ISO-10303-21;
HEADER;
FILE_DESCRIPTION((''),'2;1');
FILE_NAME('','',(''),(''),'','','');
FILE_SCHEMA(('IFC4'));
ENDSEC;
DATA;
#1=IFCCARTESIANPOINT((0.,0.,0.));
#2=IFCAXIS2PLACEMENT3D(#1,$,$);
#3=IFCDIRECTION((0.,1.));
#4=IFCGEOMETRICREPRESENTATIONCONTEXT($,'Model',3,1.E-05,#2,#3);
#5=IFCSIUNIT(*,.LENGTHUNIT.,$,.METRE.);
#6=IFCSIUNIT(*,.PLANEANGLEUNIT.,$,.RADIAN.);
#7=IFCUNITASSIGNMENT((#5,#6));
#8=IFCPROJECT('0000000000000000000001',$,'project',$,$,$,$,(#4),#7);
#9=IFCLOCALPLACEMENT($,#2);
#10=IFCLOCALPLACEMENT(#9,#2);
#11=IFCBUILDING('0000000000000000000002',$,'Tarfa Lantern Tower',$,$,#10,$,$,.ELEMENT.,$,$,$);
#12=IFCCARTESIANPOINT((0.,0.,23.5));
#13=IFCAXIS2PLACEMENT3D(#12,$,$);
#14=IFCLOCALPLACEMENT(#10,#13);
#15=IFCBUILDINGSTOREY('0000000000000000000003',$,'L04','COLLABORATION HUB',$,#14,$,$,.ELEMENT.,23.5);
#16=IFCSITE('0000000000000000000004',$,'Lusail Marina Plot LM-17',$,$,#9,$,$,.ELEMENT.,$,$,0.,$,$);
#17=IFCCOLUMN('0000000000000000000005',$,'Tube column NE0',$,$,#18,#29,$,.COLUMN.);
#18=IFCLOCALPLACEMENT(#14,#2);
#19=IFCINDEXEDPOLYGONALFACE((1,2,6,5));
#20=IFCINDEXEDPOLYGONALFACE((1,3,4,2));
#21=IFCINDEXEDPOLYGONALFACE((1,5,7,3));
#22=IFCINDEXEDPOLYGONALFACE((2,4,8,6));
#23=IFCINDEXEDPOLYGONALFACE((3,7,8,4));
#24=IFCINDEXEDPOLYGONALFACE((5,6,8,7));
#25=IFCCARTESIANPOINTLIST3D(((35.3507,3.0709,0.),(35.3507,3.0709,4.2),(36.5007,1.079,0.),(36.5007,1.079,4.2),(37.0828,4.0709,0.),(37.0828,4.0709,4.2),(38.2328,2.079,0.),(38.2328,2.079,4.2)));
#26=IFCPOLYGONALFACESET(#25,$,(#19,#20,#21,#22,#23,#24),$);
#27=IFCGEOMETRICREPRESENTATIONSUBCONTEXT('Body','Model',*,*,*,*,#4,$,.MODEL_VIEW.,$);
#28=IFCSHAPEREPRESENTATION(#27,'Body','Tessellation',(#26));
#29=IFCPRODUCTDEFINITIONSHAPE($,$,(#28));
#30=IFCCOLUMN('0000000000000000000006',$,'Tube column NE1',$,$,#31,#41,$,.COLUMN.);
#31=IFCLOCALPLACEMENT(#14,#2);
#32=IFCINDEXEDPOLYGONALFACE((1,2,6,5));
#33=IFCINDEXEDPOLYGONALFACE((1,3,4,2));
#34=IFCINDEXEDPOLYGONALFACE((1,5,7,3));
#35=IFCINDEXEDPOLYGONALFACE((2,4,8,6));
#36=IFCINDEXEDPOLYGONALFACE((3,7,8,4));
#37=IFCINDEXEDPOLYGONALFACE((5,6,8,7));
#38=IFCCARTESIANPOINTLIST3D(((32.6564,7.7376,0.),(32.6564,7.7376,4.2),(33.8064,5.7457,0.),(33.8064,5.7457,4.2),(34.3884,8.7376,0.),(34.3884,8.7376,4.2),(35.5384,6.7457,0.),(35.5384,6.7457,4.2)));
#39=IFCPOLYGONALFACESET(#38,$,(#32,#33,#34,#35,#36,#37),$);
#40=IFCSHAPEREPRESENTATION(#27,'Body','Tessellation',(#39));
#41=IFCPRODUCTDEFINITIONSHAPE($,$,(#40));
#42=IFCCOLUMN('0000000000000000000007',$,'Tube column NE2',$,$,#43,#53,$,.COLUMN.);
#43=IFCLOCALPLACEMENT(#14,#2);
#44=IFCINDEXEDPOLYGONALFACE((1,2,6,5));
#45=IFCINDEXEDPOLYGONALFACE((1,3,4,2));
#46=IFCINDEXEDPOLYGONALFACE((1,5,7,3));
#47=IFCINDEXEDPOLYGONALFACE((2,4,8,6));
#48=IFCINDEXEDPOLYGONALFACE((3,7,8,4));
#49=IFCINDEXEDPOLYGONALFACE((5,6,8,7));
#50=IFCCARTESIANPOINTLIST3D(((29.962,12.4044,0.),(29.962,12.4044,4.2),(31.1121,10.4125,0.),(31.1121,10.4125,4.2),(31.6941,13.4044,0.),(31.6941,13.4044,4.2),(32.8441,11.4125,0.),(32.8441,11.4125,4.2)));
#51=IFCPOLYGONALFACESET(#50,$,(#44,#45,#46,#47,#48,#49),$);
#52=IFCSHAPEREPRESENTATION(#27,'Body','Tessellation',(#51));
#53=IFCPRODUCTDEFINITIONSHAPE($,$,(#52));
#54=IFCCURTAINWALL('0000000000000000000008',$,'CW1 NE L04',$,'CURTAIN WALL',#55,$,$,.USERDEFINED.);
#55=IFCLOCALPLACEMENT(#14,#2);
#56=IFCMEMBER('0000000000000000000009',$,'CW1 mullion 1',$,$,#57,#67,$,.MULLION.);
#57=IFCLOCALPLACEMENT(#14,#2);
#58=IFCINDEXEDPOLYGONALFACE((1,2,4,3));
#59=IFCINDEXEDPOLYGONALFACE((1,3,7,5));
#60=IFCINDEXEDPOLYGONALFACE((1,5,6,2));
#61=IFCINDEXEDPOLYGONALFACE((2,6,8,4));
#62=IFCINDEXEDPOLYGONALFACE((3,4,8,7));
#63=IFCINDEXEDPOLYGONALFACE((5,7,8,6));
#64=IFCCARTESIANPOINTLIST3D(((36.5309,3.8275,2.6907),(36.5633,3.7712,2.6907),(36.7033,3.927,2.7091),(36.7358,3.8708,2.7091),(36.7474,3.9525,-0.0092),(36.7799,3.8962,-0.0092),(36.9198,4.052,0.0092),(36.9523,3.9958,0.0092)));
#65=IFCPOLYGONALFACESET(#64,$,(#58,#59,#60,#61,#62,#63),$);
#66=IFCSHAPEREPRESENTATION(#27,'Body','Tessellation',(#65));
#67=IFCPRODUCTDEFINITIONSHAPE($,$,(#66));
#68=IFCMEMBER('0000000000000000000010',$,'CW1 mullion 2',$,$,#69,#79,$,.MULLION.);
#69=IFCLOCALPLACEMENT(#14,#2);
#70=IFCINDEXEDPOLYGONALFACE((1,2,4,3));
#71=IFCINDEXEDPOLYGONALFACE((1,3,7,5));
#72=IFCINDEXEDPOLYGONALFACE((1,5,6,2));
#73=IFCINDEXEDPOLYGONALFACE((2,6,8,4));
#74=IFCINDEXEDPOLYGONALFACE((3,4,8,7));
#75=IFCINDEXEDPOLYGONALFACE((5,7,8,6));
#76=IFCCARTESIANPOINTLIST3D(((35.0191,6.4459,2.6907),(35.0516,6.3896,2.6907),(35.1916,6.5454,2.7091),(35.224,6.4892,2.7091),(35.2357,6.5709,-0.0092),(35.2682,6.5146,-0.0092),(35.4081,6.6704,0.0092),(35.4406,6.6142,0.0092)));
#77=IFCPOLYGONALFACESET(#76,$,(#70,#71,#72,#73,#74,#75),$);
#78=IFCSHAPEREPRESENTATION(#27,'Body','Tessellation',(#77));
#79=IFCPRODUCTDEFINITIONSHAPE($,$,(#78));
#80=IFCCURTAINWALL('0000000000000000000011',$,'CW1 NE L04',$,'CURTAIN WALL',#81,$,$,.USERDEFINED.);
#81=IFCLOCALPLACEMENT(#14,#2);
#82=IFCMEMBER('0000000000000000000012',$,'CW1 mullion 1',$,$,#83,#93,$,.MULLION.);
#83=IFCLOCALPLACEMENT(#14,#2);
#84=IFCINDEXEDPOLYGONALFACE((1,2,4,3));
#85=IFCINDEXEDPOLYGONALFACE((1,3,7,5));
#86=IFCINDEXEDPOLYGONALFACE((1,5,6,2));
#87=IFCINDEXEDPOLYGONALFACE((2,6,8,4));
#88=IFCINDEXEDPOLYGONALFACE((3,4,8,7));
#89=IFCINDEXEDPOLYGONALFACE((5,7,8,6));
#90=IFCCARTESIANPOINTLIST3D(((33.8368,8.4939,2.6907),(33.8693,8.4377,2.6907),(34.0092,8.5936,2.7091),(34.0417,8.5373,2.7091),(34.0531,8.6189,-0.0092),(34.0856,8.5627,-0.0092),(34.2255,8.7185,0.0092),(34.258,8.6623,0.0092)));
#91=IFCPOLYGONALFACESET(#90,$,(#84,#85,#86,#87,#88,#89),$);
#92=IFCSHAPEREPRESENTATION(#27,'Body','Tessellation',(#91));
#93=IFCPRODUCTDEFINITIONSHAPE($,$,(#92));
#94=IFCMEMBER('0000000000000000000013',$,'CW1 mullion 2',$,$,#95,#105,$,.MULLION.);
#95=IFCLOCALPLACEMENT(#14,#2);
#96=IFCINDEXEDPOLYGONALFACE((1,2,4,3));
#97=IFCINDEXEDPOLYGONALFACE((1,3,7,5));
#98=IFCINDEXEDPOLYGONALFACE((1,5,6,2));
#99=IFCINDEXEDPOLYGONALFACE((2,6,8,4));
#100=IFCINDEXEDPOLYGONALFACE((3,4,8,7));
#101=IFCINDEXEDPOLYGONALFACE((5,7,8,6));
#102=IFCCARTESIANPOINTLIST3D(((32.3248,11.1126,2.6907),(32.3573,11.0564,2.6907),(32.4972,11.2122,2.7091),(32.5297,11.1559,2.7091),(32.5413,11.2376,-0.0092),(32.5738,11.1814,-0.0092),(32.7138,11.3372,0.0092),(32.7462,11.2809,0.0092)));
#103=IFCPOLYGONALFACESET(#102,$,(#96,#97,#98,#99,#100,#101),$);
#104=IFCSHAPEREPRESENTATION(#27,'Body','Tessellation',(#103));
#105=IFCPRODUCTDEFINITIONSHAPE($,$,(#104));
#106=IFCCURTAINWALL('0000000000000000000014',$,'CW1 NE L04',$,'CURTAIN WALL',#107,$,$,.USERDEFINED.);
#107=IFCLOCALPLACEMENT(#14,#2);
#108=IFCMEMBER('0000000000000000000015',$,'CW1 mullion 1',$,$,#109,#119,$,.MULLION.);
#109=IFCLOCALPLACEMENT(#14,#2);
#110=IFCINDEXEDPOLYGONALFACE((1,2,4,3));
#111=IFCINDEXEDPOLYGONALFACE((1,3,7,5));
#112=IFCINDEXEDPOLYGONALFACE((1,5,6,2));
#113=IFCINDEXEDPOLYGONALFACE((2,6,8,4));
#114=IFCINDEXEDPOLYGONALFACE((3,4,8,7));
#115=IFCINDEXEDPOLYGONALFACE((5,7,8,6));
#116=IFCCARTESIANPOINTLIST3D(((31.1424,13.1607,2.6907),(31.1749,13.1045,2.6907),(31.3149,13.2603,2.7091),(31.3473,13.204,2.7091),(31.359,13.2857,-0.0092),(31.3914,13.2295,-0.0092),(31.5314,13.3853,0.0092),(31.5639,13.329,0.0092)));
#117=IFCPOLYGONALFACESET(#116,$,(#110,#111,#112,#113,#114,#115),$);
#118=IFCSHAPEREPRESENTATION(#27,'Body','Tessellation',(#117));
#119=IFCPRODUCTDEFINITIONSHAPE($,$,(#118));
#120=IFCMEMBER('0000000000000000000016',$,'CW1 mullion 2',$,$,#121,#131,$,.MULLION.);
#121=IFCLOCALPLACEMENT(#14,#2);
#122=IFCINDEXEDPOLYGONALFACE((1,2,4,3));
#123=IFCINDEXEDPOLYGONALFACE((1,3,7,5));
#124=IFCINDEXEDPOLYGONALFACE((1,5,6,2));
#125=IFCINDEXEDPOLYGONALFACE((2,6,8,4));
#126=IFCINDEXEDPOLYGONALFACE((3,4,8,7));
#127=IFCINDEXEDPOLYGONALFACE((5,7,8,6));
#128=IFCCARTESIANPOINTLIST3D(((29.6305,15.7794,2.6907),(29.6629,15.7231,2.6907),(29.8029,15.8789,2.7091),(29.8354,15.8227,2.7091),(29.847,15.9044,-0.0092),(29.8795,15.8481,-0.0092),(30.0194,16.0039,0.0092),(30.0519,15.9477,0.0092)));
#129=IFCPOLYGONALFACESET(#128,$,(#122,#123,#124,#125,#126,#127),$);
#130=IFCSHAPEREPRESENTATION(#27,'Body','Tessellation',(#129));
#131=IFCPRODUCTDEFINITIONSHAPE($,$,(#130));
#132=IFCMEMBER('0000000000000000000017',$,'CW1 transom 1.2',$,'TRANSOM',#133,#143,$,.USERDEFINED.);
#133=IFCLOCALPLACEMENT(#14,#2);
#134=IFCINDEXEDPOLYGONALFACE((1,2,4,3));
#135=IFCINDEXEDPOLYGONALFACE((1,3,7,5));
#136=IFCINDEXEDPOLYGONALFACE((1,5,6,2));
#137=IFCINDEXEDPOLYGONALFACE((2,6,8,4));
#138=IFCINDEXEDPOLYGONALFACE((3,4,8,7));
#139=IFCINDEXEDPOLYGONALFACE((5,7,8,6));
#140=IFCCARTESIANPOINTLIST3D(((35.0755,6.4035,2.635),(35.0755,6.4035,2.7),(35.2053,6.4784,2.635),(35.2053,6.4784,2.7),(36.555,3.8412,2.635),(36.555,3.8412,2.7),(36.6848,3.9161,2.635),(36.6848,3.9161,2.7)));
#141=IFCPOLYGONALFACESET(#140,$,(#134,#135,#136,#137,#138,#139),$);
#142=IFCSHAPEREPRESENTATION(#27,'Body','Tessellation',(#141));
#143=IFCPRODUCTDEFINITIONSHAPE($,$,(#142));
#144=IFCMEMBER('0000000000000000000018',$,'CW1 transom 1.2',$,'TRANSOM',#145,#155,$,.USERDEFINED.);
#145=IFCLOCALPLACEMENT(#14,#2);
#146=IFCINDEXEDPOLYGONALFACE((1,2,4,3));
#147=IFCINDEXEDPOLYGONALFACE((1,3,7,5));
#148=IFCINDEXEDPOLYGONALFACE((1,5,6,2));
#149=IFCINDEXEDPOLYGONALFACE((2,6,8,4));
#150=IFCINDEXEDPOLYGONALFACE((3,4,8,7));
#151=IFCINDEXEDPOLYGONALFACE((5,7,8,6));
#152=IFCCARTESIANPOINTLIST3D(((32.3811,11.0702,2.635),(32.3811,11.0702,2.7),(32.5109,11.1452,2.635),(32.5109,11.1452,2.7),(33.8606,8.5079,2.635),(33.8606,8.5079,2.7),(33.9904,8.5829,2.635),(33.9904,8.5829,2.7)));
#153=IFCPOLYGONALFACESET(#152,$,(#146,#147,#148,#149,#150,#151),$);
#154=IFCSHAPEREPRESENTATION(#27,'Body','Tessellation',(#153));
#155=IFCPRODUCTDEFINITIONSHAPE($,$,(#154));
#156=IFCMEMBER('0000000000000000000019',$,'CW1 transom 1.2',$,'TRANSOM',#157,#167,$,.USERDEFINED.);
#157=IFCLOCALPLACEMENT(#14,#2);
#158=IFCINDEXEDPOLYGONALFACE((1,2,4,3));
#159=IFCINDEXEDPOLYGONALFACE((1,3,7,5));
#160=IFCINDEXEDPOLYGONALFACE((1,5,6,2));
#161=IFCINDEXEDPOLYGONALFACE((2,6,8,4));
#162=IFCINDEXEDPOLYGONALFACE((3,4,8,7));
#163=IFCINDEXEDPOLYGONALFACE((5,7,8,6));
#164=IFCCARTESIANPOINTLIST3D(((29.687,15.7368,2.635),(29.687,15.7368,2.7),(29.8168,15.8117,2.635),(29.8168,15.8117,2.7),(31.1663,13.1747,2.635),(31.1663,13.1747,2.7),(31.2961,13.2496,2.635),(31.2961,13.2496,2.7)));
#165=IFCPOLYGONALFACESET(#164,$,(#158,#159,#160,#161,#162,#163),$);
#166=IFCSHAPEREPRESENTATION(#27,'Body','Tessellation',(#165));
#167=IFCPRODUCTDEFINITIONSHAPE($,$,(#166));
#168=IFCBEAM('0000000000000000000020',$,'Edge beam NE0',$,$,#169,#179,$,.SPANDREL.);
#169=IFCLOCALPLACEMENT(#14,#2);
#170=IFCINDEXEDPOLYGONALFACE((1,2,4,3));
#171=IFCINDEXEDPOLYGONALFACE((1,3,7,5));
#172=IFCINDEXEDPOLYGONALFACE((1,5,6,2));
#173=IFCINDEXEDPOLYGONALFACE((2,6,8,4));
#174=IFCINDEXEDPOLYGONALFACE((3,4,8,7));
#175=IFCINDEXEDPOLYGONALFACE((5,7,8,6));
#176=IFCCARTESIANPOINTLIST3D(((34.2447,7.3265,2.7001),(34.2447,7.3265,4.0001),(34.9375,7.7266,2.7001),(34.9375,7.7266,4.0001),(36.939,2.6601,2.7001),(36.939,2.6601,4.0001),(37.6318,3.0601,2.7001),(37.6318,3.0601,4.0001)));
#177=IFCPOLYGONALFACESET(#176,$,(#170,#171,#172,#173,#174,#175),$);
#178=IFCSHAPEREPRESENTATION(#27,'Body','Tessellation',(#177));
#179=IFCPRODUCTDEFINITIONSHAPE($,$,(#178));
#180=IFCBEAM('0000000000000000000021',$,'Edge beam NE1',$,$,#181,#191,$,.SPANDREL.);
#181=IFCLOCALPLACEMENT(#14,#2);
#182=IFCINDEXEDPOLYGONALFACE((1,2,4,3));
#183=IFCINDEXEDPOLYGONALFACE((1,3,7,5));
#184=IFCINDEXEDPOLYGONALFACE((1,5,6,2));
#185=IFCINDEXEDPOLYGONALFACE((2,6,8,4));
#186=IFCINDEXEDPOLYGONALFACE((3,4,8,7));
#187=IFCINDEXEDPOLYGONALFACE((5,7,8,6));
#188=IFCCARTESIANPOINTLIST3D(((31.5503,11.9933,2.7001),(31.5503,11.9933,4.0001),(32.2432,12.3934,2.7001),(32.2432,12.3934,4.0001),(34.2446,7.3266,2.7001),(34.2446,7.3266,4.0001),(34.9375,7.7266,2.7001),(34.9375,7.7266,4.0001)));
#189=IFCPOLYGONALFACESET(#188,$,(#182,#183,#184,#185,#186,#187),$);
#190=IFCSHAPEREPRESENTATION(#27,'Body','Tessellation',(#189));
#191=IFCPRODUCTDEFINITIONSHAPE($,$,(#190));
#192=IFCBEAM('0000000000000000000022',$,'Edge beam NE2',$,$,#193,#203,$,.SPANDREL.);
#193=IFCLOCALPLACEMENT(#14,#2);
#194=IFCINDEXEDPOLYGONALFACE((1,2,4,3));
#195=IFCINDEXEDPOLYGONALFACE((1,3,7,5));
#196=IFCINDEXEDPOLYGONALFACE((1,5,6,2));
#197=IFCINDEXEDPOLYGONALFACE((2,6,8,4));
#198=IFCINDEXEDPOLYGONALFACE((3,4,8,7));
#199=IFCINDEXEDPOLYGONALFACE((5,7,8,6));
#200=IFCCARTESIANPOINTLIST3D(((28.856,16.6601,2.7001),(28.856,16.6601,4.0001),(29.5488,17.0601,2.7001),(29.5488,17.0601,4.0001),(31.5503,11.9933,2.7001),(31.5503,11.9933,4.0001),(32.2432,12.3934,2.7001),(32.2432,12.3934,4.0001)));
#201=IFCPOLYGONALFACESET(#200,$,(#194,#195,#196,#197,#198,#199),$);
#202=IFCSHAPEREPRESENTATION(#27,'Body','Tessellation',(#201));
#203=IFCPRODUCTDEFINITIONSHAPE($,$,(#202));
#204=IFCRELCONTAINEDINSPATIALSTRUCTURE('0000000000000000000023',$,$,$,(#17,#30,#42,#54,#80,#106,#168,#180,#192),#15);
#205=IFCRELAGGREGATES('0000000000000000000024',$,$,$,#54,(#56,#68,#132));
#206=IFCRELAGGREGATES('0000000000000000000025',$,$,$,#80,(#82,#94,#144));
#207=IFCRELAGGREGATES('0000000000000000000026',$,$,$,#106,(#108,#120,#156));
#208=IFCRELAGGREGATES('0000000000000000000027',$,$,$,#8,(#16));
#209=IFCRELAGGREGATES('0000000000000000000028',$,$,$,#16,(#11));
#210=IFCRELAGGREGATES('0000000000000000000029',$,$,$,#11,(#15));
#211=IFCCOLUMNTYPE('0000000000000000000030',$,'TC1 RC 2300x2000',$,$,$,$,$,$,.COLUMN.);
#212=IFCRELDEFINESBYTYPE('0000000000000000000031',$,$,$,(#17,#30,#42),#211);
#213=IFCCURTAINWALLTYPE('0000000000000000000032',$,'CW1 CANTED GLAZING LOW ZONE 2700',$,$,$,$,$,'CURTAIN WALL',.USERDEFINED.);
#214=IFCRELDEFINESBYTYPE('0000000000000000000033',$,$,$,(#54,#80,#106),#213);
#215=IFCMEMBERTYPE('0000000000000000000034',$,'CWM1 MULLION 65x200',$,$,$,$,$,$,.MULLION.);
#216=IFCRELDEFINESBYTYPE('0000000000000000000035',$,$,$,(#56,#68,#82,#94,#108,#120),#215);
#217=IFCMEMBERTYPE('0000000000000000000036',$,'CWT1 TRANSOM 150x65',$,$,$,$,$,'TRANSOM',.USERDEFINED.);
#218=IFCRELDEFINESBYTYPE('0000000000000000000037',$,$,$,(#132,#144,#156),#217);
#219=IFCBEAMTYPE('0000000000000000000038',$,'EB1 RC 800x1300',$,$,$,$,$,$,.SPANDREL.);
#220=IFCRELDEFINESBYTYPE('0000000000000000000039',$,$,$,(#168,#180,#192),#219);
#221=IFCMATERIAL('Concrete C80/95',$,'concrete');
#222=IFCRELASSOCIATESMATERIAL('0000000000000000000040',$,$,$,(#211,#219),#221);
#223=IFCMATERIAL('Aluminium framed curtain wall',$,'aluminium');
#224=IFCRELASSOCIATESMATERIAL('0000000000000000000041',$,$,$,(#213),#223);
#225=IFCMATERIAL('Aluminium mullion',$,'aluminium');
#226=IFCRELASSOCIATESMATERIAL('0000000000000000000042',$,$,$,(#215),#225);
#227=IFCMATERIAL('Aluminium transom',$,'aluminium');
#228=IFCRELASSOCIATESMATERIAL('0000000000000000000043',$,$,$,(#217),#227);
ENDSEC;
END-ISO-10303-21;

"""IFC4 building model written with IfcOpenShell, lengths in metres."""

from ifc_helpers import new_model, si_unit, direction, frame, origin, origin_2d, place, context, subcontext, project, spatial, rectangle, extrude, material, material_profile, profile_set, type_object, element, aggregate, save


model = new_model("IFC4")

# Units and contexts
model_context = context("Model", 3, precision=1e-05, world=origin(), true_north=direction((0.0, 1.0)))
body_context = subcontext(model_context, "Body", "Model", "MODEL_VIEW")
ifc_project = project(units=[si_unit("LENGTHUNIT", "METRE"), si_unit("PLANEANGLEUNIT", "RADIAN")], contexts=[model_context])

# Site, building, storey
site_placement = place(None, origin())
site = spatial("IfcSite", under=ifc_project, at=site_placement, Name="Lusail Marina Plot LM-17", CompositionType="ELEMENT", RefElevation=0.0)
building_placement = place(site_placement, origin())
building = spatial("IfcBuilding", under=site, at=building_placement, Name="Tarfa Lantern Tower", CompositionType="ELEMENT")
storey_placement = place(building_placement, frame((0.0, 0.0, 23.5)))
storey = spatial("IfcBuildingStorey", under=building, at=storey_placement, Name="L04", Description="COLLABORATION HUB", CompositionType="ELEMENT", Elevation=23.5)

# Columns
ifc_material_1 = material(Name="Concrete C80/95", Category="concrete")
ifc_material_profile_1 = material_profile(ifc_material_1, rectangle(XDim=2.3, YDim=2.0, at=origin_2d()), Name="RC 2300x2000")
ifc_profile_set_1 = profile_set([ifc_material_profile_1], Name="Concrete C80/95")
column_type = type_object("IfcColumnType", Name="TC1 RC 2300x2000", PredefinedType="COLUMN", material=ifc_profile_set_1)
for number, where, z_axis, x_axis, name in (
    (1, (36.7917, 2.575, 0.0), (0.0, 0.0, 1.0), (-0.5, 0.866025, 0.0), "Tube column NE0"),
    (2, (34.0974, 7.2417, 0.0), (0.0, 0.0, 1.0), (-0.5, 0.866025, 0.0), "Tube column NE1"),
    (3, (31.4031, 11.9084, 0.0), (0.0, 0.0, 1.0), (-0.5, 0.866025, 0.0), "Tube column NE2"),
):
    element("IfcColumn", number, at=place(storey_placement, frame(where, z_axis=z_axis, x_axis=x_axis)), inside=storey, type_object=column_type, Name=name, PredefinedType="COLUMN", context=body_context, shape_type="SweptSolid", body=[
        extrude(rectangle(XDim=2.3, YDim=2.0, at=origin_2d()), origin(), (0.0, 0.0, 1.0), 4.2),
    ])

# Curtain walls, members
ifc_material_2 = material(Name="Aluminium framed curtain wall", Category="aluminium")
curtain_wall_type = type_object("IfcCurtainWallType", Name="CW1 CANTED GLAZING LOW ZONE 2700", ElementType="CURTAIN WALL", PredefinedType="USERDEFINED", material=ifc_material_2)
curtain_wall_1_placement = place(storey_placement, origin())
curtain_wall_1 = element("IfcCurtainWall", 4, at=curtain_wall_1_placement, inside=storey, type_object=curtain_wall_type, Name="CW1 NE L04", ObjectType="CURTAIN WALL", PredefinedType="USERDEFINED")
ifc_material_3 = material(Name="Aluminium mullion", Category="aluminium")
ifc_material_profile_2 = material_profile(ifc_material_3, rectangle(XDim=0.0649, YDim=0.2, at=origin_2d()), Name="AL MULLION 65x200")
ifc_profile_set_2 = profile_set([ifc_material_profile_2], Name="Aluminium mullion")
member_type_1 = type_object("IfcMemberType", Name="CWM1 MULLION 65x200", PredefinedType="MULLION", material=ifc_profile_set_2)
member_1_placement = place(storey_placement, frame((36.8499, 3.9741, 0.0), z_axis=(-0.079864, -0.0461, 0.995739), x_axis=(0.49992, -0.866072, 0.0)))
member_1 = element("IfcMember", 5, at=member_1_placement, type_object=member_type_1, Name="CW1 mullion 1", PredefinedType="MULLION", context=body_context, shape_type="SweptSolid", body=[
    extrude(rectangle(XDim=0.0649, YDim=0.2, at=origin_2d()), origin(), (0.0, 0.0, 1.0), 2.7114),
])
member_2_placement = place(storey_placement, frame((35.3381, 6.5925, 0.0), z_axis=(-0.079864, -0.0461, 0.995739), x_axis=(0.49992, -0.866072, 0.0)))
member_2 = element("IfcMember", 6, at=member_2_placement, type_object=member_type_1, Name="CW1 mullion 2", PredefinedType="MULLION", context=body_context, shape_type="SweptSolid", body=[
    extrude(rectangle(XDim=0.0649, YDim=0.2, at=origin_2d()), origin(), (0.0, 0.0, 1.0), 2.7114),
])
curtain_wall_2_placement = place(storey_placement, origin())
curtain_wall_2 = element("IfcCurtainWall", 7, at=curtain_wall_2_placement, inside=storey, type_object=curtain_wall_type, Name="CW1 NE L04", ObjectType="CURTAIN WALL", PredefinedType="USERDEFINED")
member_3_placement = place(storey_placement, frame((34.1555, 8.6406, 0.0), z_axis=(-0.079775, -0.0461, 0.995746), x_axis=(0.500343, -0.865827, 0.0)))
member_3 = element("IfcMember", 8, at=member_3_placement, type_object=member_type_1, Name="CW1 mullion 1", PredefinedType="MULLION", context=body_context, shape_type="SweptSolid", body=[
    extrude(rectangle(XDim=0.0649, YDim=0.2, at=origin_2d()), origin(), (0.0, 0.0, 1.0), 2.7114),
])
member_4_placement = place(storey_placement, frame((32.6438, 11.2593, 0.0), z_axis=(-0.079864, -0.0461, 0.995739), x_axis=(0.49992, -0.866072, 0.0)))
member_4 = element("IfcMember", 9, at=member_4_placement, type_object=member_type_1, Name="CW1 mullion 2", PredefinedType="MULLION", context=body_context, shape_type="SweptSolid", body=[
    extrude(rectangle(XDim=0.0649, YDim=0.2, at=origin_2d()), origin(), (0.0, 0.0, 1.0), 2.7114),
])
curtain_wall_3_placement = place(storey_placement, origin())
curtain_wall_3 = element("IfcCurtainWall", 10, at=curtain_wall_3_placement, inside=storey, type_object=curtain_wall_type, Name="CW1 NE L04", ObjectType="CURTAIN WALL", PredefinedType="USERDEFINED")
member_5_placement = place(storey_placement, frame((31.4614, 13.3074, 0.0), z_axis=(-0.079864, -0.0461, 0.995739), x_axis=(0.49992, -0.866072, 0.0)))
member_5 = element("IfcMember", 11, at=member_5_placement, type_object=member_type_1, Name="CW1 mullion 1", PredefinedType="MULLION", context=body_context, shape_type="SweptSolid", body=[
    extrude(rectangle(XDim=0.0649, YDim=0.2, at=origin_2d()), origin(), (0.0, 0.0, 1.0), 2.7114),
])
member_6_placement = place(storey_placement, frame((29.9495, 15.926, 0.0), z_axis=(-0.079864, -0.0461, 0.995739), x_axis=(0.49992, -0.866072, 0.0)))
member_6 = element("IfcMember", 12, at=member_6_placement, type_object=member_type_1, Name="CW1 mullion 2", PredefinedType="MULLION", context=body_context, shape_type="SweptSolid", body=[
    extrude(rectangle(XDim=0.0649, YDim=0.2, at=origin_2d()), origin(), (0.0, 0.0, 1.0), 2.7114),
])

# Members
ifc_material_4 = material(Name="Aluminium transom", Category="aluminium")
ifc_material_profile_3 = material_profile(ifc_material_4, rectangle(XDim=0.1499, YDim=0.0649, at=origin_2d()), Name="AL TRANSOM 150x65")
ifc_profile_set_3 = profile_set([ifc_material_profile_3], Name="Aluminium transom")
member_type_2 = type_object("IfcMemberType", Name="CWT1 TRANSOM 150x65", ElementType="TRANSOM", PredefinedType="USERDEFINED", material=ifc_profile_set_3)
member_7_placement = place(storey_placement, frame((36.6199, 3.8787, 2.6675), z_axis=(-0.500044, 0.866, 0.0), x_axis=(-0.866, -0.500044, 0.0)))
member_7 = element("IfcMember", 13, at=member_7_placement, type_object=member_type_2, Name="CW1 transom 1.2", ObjectType="TRANSOM", PredefinedType="USERDEFINED", context=body_context, shape_type="SweptSolid", body=[
    extrude(rectangle(XDim=0.1499, YDim=0.0649, at=origin_2d()), origin(), (0.0, 0.0, 1.0), 2.9587),
])
member_8_placement = place(storey_placement, frame((33.9255, 8.5454, 2.6675), z_axis=(-0.500044, 0.866, 0.0), x_axis=(-0.866, -0.500044, 0.0)))
member_8 = element("IfcMember", 14, at=member_8_placement, type_object=member_type_2, Name="CW1 transom 1.2", ObjectType="TRANSOM", PredefinedType="USERDEFINED", context=body_context, shape_type="SweptSolid", body=[
    extrude(rectangle(XDim=0.1499, YDim=0.0649, at=origin_2d()), origin(), (0.0, 0.0, 1.0), 2.9587),
])
member_9_placement = place(storey_placement, frame((31.2312, 13.2122, 2.6675), z_axis=(-0.500018, 0.866015, 0.0), x_axis=(-0.866015, -0.500018, 0.0)))
member_9 = element("IfcMember", 15, at=member_9_placement, type_object=member_type_2, Name="CW1 transom 1.2", ObjectType="TRANSOM", PredefinedType="USERDEFINED", context=body_context, shape_type="SweptSolid", body=[
    extrude(rectangle(XDim=0.1499, YDim=0.0649, at=origin_2d()), origin(), (0.0, 0.0, 1.0), 2.9585),
])

# Beams
ifc_material_profile_4 = material_profile(ifc_material_1, rectangle(XDim=0.8, YDim=1.3, at=origin_2d()), Name="RC 800x1300")
ifc_profile_set_4 = profile_set([ifc_material_profile_4], Name="Concrete C80/95")
beam_type_1 = type_object("IfcBeamType", Name="EB1 RC 800x1300", PredefinedType="SPANDREL", material=ifc_profile_set_4)
beam_1_placement = place(storey_placement, frame((37.2854, 2.8601, 3.3501), z_axis=(-0.500018, 0.866015, 0.0), x_axis=(-0.866015, -0.500018, 0.0)))
element("IfcBeam", 16, at=beam_1_placement, inside=storey, type_object=beam_type_1, Name="Edge beam NE0", PredefinedType="SPANDREL", context=body_context, shape_type="SweptSolid", body=[
    extrude(rectangle(XDim=0.8, YDim=1.3, at=origin_2d()), origin(), (0.0, 0.0, 1.0), 5.3884),
])
for number, where, z_axis, x_axis, name in (
    (17, (34.5911, 7.5266, 3.3501), (-0.499998, 0.866026, 0.0), (-0.866026, -0.499998, 0.0), "Edge beam NE1"),
    (18, (31.8967, 12.1934, 3.3501), (-0.499998, 0.866026, 0.0), (-0.866026, -0.499998, 0.0), "Edge beam NE2"),
):
    element("IfcBeam", number, at=place(storey_placement, frame(where, z_axis=z_axis, x_axis=x_axis)), inside=storey, type_object=beam_type_1, Name=name, PredefinedType="SPANDREL", context=body_context, shape_type="SweptSolid", body=[
        extrude(rectangle(XDim=0.8, YDim=1.3, at=origin_2d()), origin(), (0.0, 0.0, 1.0), 5.3887),
    ])

aggregate(curtain_wall_1, [member_1, member_2, member_7])
aggregate(curtain_wall_2, [member_3, member_4, member_8])
aggregate(curtain_wall_3, [member_5, member_6, member_9])

save(model, "model.ifc")
